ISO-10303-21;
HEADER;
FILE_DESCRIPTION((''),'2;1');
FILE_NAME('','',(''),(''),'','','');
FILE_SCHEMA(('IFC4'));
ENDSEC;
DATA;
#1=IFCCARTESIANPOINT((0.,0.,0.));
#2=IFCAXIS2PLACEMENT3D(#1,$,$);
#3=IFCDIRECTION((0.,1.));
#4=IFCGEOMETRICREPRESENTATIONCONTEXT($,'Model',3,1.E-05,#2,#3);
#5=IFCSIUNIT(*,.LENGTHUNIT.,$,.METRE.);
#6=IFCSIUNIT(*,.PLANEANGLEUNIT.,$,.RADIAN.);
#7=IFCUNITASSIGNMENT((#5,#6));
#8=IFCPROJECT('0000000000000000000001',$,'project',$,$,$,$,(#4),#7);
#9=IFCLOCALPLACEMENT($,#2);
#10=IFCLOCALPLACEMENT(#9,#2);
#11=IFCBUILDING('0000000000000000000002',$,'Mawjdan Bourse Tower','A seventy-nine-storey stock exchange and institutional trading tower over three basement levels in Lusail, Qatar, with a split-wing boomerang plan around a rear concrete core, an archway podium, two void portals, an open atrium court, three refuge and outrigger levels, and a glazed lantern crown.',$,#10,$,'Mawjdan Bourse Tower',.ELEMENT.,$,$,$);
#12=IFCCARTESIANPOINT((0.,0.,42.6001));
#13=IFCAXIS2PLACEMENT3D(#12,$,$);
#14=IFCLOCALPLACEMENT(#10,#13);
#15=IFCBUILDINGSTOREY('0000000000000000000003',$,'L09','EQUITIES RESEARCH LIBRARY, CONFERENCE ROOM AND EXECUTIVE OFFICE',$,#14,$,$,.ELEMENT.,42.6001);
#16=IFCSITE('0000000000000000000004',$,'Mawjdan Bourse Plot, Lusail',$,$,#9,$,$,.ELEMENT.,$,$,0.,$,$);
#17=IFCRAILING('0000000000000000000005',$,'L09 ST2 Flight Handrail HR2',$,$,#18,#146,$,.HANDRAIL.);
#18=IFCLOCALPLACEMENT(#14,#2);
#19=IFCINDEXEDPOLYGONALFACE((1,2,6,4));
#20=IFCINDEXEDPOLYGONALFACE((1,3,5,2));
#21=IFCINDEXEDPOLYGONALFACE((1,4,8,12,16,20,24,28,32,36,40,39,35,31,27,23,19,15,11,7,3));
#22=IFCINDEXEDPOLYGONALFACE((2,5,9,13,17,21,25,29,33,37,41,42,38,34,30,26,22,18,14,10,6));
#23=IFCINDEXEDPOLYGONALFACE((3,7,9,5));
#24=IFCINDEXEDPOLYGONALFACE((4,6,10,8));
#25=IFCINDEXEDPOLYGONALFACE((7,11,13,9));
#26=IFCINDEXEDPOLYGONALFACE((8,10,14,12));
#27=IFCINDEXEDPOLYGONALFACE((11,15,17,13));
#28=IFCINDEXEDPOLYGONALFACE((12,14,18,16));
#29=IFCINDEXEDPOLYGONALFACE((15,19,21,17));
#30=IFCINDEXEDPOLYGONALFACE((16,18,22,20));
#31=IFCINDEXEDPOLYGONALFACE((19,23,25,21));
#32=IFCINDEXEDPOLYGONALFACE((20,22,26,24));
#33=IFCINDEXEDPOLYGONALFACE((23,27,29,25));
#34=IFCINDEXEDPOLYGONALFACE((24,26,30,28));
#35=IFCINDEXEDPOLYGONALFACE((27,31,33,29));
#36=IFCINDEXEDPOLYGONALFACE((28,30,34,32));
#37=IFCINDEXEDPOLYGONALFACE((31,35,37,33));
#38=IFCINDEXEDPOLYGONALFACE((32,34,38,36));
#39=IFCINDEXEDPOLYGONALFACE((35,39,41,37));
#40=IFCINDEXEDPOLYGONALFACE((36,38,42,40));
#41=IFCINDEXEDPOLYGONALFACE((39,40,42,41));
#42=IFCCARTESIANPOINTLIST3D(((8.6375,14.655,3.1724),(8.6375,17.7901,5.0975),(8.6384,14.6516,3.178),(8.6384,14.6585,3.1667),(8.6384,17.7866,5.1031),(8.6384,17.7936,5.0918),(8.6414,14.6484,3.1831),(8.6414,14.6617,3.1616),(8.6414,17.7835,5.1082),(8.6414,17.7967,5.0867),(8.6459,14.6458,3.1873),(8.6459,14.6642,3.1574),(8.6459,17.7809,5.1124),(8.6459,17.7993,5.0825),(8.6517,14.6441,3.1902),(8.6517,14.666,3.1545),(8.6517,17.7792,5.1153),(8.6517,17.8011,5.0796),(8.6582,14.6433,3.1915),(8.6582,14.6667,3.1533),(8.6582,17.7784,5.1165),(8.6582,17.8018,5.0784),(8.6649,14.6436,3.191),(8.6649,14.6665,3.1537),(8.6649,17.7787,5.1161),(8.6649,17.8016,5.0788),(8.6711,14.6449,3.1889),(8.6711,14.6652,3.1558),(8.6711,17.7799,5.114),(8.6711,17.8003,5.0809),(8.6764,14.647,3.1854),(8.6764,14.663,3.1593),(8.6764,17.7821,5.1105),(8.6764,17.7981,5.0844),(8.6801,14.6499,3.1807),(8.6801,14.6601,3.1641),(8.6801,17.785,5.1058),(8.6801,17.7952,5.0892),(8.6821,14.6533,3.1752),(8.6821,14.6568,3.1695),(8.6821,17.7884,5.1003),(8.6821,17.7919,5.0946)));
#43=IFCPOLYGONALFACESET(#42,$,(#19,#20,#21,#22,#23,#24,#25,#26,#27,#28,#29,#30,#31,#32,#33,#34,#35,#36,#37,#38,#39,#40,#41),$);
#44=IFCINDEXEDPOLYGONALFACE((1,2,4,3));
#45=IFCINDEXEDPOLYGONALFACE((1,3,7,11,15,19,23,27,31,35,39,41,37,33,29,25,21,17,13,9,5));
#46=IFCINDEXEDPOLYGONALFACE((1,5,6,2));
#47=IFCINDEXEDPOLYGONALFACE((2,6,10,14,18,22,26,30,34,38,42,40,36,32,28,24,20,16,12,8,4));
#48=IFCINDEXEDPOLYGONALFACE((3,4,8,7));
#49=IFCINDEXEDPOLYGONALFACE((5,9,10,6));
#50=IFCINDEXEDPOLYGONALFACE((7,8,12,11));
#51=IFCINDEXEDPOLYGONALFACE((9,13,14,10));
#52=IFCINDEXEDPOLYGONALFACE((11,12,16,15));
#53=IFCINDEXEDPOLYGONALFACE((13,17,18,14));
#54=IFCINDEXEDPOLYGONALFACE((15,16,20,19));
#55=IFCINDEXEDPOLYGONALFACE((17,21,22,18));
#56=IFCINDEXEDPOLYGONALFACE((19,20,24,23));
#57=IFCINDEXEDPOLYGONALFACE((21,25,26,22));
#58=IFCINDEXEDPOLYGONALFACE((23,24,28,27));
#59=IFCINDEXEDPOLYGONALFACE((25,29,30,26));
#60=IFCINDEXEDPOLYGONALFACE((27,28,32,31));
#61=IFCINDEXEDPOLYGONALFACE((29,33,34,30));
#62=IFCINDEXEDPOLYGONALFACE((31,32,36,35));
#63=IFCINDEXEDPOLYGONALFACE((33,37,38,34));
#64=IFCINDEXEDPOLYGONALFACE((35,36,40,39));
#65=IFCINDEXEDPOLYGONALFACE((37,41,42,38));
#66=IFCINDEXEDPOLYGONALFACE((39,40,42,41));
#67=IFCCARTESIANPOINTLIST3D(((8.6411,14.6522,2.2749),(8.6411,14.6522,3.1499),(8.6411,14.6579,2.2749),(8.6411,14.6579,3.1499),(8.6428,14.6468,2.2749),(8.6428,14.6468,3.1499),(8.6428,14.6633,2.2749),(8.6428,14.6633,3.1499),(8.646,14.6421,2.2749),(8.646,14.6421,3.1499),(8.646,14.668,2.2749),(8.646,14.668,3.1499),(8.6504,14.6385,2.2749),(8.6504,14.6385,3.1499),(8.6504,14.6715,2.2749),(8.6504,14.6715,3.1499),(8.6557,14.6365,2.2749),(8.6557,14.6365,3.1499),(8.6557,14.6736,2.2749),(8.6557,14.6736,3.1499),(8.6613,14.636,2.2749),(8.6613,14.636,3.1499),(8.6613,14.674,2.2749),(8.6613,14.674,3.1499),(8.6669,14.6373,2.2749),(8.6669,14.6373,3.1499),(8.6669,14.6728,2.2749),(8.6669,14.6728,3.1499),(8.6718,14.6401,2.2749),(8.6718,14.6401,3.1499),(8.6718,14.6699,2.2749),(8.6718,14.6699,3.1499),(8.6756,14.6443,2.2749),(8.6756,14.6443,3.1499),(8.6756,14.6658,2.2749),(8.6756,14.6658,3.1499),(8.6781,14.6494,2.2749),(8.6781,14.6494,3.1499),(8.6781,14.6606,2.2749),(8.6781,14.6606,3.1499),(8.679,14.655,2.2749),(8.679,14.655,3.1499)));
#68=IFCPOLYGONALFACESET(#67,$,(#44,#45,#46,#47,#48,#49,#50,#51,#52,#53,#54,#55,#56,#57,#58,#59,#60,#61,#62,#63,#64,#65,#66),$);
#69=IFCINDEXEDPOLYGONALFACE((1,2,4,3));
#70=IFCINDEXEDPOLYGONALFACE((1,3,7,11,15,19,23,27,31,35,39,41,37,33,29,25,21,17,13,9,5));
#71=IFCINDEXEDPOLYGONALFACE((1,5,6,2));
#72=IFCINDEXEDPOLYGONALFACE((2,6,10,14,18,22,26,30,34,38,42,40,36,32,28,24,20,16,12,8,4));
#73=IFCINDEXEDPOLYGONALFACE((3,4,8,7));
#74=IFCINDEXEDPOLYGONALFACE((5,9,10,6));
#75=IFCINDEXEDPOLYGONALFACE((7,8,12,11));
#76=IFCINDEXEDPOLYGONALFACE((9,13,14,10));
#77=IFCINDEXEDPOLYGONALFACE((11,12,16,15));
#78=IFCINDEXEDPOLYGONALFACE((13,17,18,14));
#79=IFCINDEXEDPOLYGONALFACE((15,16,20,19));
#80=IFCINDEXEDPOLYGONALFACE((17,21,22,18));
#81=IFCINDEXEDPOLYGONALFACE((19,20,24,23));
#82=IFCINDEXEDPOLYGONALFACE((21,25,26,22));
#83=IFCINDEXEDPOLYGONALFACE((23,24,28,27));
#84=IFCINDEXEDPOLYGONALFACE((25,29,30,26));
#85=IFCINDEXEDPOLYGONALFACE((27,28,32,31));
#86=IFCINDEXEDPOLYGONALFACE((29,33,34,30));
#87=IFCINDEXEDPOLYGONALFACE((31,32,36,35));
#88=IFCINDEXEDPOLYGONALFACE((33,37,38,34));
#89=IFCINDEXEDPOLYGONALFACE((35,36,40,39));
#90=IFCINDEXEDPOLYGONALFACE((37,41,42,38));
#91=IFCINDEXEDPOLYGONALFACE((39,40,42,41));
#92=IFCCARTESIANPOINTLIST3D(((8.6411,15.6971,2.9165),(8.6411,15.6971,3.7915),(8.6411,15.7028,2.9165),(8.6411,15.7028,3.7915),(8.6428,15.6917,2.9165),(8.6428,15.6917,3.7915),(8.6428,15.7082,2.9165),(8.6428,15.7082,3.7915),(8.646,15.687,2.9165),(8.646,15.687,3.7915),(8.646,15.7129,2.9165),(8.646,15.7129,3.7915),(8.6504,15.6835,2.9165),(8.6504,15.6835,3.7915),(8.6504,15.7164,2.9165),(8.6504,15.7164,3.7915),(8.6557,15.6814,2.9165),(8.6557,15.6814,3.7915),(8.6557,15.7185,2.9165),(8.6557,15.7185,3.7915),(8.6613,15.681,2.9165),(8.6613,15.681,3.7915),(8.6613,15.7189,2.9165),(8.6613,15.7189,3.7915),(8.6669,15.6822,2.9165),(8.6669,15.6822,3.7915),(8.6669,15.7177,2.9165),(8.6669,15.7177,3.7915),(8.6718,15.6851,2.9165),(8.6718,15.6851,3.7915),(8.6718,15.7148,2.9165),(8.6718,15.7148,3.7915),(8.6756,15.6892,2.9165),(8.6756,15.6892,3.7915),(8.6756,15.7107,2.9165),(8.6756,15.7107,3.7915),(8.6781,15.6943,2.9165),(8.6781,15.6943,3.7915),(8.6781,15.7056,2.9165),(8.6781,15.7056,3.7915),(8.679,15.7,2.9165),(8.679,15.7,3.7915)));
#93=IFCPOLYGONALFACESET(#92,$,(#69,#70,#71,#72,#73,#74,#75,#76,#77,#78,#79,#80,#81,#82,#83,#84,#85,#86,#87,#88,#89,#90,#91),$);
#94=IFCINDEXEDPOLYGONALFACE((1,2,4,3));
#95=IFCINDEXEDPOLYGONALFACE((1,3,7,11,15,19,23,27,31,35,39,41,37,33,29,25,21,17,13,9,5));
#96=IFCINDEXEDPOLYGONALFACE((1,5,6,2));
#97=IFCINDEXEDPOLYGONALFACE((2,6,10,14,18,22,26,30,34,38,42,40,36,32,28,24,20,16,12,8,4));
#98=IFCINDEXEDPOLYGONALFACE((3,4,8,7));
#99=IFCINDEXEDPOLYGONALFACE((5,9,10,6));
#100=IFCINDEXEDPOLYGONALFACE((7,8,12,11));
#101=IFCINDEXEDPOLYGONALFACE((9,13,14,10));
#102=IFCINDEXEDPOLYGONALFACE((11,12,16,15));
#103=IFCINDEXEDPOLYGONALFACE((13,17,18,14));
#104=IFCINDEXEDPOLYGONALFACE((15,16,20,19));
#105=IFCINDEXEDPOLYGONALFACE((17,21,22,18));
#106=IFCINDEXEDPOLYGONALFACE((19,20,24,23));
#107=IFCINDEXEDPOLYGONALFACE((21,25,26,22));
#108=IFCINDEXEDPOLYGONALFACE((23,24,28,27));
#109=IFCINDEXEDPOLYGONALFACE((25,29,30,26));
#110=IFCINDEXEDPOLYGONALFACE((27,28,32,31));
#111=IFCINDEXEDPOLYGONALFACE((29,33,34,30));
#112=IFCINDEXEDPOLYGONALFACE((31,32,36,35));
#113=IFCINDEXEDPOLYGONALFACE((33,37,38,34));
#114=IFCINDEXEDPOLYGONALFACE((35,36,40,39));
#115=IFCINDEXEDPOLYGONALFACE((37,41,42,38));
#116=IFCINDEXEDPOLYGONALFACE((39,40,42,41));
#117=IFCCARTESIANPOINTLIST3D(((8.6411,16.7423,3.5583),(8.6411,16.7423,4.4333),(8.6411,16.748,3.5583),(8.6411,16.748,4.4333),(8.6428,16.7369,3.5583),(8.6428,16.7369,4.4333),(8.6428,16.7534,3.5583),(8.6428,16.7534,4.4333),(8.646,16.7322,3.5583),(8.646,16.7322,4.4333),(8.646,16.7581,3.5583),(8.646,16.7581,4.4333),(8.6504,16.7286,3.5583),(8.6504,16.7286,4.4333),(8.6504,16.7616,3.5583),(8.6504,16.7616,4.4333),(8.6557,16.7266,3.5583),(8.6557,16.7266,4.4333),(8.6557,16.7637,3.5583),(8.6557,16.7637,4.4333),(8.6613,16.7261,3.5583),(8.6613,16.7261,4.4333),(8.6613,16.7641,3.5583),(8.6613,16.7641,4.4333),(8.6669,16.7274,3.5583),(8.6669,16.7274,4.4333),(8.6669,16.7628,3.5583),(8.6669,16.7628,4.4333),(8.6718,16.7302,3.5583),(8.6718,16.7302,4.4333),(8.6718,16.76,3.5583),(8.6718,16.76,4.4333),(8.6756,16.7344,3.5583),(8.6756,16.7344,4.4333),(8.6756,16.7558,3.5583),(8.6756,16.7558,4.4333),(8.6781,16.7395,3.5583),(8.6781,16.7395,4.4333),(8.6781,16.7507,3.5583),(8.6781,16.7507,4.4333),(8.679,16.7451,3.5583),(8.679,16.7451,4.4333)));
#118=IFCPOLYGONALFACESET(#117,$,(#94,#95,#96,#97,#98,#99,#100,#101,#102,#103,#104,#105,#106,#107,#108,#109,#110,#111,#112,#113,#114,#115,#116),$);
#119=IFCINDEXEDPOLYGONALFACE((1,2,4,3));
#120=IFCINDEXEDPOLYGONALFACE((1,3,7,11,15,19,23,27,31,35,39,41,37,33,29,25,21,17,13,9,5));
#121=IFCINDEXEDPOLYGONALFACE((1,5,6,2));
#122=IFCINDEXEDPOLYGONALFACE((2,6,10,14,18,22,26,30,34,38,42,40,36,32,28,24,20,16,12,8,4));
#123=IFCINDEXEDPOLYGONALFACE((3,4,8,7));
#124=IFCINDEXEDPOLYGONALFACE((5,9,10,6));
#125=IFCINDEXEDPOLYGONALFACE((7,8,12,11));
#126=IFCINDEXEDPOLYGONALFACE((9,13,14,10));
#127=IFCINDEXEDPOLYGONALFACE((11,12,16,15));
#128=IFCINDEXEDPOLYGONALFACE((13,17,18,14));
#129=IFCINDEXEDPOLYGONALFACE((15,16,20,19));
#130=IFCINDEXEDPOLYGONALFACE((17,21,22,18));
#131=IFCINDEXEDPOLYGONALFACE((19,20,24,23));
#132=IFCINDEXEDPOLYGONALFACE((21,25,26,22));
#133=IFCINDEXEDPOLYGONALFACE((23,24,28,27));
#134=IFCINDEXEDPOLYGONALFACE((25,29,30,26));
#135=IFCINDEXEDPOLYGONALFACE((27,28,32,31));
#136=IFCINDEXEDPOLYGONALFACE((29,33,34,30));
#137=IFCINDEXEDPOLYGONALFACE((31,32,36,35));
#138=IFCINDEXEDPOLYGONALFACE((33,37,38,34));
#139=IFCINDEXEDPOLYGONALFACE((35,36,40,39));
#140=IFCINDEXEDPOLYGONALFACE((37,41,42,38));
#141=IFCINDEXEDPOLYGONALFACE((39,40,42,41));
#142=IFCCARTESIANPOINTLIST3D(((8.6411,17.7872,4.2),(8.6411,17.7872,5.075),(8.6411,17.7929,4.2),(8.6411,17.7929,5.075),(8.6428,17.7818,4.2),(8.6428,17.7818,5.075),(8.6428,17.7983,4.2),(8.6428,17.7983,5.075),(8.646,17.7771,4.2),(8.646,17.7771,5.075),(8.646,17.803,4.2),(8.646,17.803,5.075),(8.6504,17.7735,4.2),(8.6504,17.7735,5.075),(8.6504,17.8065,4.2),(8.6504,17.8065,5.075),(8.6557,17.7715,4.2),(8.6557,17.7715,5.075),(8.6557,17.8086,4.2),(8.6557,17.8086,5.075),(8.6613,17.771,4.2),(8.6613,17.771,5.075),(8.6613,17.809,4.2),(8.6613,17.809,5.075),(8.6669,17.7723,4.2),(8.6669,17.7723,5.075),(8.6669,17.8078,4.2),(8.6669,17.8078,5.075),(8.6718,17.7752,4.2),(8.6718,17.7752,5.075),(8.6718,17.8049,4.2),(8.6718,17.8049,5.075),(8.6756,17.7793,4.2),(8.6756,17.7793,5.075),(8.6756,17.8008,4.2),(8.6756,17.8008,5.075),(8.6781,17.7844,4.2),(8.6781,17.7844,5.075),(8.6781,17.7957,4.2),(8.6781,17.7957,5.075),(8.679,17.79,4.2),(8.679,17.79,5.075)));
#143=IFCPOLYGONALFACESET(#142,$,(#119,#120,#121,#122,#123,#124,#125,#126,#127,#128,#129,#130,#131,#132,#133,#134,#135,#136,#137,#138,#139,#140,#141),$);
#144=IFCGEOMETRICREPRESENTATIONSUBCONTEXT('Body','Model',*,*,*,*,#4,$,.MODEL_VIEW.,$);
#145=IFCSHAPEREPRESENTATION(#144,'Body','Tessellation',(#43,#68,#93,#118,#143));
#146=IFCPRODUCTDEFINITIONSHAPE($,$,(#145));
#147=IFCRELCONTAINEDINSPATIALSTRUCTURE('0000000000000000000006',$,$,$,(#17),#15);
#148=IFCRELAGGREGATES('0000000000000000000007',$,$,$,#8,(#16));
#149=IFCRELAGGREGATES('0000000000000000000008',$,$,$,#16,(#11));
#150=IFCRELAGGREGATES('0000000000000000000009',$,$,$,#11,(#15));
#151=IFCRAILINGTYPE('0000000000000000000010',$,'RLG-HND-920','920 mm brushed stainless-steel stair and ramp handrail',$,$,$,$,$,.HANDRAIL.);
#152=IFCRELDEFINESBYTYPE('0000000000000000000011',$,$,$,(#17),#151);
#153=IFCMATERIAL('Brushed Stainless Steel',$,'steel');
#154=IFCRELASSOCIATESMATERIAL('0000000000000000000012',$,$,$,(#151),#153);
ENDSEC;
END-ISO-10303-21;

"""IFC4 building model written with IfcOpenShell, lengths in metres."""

from ifc_helpers import new_model, si_unit, direction, frame, origin, origin_2d, place, context, subcontext, project, spatial, circle, extrude, material, type_object, element, save


model = new_model("IFC4")

# Units and contexts
model_context = context("Model", 3, precision=1e-05, world=origin(), true_north=direction((0.0, 1.0)))
body_context = subcontext(model_context, "Body", "Model", "MODEL_VIEW")
ifc_project = project(units=[si_unit("LENGTHUNIT", "METRE"), si_unit("PLANEANGLEUNIT", "RADIAN")], contexts=[model_context])

# Site, building, storey
site_placement = place(None, origin())
site = spatial("IfcSite", under=ifc_project, at=site_placement, Name="Mawjdan Bourse Plot, Lusail", CompositionType="ELEMENT", RefElevation=0.0)
building_placement = place(site_placement, origin())
building = spatial("IfcBuilding", under=site, at=building_placement, Name="Mawjdan Bourse Tower", Description="A seventy-nine-storey stock exchange and institutional trading tower over three basement levels in Lusail, Qatar, with a split-wing boomerang plan around a rear concrete core, an archway podium, two void portals, an open atrium court, three refuge and outrigger levels, and a glazed lantern crown.", LongName="Mawjdan Bourse Tower", CompositionType="ELEMENT")
storey_placement = place(building_placement, frame((0.0, 0.0, 42.6001)))
storey = spatial("IfcBuildingStorey", under=building, at=storey_placement, Name="L09", Description="EQUITIES RESEARCH LIBRARY, CONFERENCE ROOM AND EXECUTIVE OFFICE", CompositionType="ELEMENT", Elevation=42.6001)

# Shared definitions
ifc_material_1 = material(Name="Brushed Stainless Steel", Category="steel")

# Railing
railing_type_1 = type_object("IfcRailingType", Name="RLG-HND-920", Description="920 mm brushed stainless-steel stair and ramp handrail", PredefinedType="HANDRAIL", material=ifc_material_1)
railing_1_placement = place(storey_placement, frame((8.6599, 14.655, 2.2749)))
element("IfcRailing", 1, at=railing_1_placement, inside=storey, type_object=railing_type_1, Name="L09 ST2 Flight Handrail HR2", PredefinedType="HANDRAIL", context=body_context, shape_type="SweptSolid", body=[
    extrude(circle(Radius=0.0225, at=origin_2d()), frame((0.0, 0.0, 0.8975), z_axis=(0.0, 0.852166, 0.523271), x_axis=(-1.0, 0.0, 0.0)), (0.0, 0.0, 1.0), 3.679),
    extrude(circle(Radius=0.019, at=origin_2d()), origin(), (0.0, 0.0, 1.0), 0.875),
    extrude(circle(Radius=0.019, at=origin_2d()), frame((0.0, 1.0449, 0.6416)), (0.0, 0.0, 1.0), 0.875),
    extrude(circle(Radius=0.019, at=origin_2d()), frame((0.0, 2.0901, 1.2834)), (0.0, 0.0, 1.0), 0.875),
    extrude(circle(Radius=0.019, at=origin_2d()), frame((0.0, 3.135, 1.925)), (0.0, 0.0, 1.0), 0.875),
])

save(model, "model.ifc")
